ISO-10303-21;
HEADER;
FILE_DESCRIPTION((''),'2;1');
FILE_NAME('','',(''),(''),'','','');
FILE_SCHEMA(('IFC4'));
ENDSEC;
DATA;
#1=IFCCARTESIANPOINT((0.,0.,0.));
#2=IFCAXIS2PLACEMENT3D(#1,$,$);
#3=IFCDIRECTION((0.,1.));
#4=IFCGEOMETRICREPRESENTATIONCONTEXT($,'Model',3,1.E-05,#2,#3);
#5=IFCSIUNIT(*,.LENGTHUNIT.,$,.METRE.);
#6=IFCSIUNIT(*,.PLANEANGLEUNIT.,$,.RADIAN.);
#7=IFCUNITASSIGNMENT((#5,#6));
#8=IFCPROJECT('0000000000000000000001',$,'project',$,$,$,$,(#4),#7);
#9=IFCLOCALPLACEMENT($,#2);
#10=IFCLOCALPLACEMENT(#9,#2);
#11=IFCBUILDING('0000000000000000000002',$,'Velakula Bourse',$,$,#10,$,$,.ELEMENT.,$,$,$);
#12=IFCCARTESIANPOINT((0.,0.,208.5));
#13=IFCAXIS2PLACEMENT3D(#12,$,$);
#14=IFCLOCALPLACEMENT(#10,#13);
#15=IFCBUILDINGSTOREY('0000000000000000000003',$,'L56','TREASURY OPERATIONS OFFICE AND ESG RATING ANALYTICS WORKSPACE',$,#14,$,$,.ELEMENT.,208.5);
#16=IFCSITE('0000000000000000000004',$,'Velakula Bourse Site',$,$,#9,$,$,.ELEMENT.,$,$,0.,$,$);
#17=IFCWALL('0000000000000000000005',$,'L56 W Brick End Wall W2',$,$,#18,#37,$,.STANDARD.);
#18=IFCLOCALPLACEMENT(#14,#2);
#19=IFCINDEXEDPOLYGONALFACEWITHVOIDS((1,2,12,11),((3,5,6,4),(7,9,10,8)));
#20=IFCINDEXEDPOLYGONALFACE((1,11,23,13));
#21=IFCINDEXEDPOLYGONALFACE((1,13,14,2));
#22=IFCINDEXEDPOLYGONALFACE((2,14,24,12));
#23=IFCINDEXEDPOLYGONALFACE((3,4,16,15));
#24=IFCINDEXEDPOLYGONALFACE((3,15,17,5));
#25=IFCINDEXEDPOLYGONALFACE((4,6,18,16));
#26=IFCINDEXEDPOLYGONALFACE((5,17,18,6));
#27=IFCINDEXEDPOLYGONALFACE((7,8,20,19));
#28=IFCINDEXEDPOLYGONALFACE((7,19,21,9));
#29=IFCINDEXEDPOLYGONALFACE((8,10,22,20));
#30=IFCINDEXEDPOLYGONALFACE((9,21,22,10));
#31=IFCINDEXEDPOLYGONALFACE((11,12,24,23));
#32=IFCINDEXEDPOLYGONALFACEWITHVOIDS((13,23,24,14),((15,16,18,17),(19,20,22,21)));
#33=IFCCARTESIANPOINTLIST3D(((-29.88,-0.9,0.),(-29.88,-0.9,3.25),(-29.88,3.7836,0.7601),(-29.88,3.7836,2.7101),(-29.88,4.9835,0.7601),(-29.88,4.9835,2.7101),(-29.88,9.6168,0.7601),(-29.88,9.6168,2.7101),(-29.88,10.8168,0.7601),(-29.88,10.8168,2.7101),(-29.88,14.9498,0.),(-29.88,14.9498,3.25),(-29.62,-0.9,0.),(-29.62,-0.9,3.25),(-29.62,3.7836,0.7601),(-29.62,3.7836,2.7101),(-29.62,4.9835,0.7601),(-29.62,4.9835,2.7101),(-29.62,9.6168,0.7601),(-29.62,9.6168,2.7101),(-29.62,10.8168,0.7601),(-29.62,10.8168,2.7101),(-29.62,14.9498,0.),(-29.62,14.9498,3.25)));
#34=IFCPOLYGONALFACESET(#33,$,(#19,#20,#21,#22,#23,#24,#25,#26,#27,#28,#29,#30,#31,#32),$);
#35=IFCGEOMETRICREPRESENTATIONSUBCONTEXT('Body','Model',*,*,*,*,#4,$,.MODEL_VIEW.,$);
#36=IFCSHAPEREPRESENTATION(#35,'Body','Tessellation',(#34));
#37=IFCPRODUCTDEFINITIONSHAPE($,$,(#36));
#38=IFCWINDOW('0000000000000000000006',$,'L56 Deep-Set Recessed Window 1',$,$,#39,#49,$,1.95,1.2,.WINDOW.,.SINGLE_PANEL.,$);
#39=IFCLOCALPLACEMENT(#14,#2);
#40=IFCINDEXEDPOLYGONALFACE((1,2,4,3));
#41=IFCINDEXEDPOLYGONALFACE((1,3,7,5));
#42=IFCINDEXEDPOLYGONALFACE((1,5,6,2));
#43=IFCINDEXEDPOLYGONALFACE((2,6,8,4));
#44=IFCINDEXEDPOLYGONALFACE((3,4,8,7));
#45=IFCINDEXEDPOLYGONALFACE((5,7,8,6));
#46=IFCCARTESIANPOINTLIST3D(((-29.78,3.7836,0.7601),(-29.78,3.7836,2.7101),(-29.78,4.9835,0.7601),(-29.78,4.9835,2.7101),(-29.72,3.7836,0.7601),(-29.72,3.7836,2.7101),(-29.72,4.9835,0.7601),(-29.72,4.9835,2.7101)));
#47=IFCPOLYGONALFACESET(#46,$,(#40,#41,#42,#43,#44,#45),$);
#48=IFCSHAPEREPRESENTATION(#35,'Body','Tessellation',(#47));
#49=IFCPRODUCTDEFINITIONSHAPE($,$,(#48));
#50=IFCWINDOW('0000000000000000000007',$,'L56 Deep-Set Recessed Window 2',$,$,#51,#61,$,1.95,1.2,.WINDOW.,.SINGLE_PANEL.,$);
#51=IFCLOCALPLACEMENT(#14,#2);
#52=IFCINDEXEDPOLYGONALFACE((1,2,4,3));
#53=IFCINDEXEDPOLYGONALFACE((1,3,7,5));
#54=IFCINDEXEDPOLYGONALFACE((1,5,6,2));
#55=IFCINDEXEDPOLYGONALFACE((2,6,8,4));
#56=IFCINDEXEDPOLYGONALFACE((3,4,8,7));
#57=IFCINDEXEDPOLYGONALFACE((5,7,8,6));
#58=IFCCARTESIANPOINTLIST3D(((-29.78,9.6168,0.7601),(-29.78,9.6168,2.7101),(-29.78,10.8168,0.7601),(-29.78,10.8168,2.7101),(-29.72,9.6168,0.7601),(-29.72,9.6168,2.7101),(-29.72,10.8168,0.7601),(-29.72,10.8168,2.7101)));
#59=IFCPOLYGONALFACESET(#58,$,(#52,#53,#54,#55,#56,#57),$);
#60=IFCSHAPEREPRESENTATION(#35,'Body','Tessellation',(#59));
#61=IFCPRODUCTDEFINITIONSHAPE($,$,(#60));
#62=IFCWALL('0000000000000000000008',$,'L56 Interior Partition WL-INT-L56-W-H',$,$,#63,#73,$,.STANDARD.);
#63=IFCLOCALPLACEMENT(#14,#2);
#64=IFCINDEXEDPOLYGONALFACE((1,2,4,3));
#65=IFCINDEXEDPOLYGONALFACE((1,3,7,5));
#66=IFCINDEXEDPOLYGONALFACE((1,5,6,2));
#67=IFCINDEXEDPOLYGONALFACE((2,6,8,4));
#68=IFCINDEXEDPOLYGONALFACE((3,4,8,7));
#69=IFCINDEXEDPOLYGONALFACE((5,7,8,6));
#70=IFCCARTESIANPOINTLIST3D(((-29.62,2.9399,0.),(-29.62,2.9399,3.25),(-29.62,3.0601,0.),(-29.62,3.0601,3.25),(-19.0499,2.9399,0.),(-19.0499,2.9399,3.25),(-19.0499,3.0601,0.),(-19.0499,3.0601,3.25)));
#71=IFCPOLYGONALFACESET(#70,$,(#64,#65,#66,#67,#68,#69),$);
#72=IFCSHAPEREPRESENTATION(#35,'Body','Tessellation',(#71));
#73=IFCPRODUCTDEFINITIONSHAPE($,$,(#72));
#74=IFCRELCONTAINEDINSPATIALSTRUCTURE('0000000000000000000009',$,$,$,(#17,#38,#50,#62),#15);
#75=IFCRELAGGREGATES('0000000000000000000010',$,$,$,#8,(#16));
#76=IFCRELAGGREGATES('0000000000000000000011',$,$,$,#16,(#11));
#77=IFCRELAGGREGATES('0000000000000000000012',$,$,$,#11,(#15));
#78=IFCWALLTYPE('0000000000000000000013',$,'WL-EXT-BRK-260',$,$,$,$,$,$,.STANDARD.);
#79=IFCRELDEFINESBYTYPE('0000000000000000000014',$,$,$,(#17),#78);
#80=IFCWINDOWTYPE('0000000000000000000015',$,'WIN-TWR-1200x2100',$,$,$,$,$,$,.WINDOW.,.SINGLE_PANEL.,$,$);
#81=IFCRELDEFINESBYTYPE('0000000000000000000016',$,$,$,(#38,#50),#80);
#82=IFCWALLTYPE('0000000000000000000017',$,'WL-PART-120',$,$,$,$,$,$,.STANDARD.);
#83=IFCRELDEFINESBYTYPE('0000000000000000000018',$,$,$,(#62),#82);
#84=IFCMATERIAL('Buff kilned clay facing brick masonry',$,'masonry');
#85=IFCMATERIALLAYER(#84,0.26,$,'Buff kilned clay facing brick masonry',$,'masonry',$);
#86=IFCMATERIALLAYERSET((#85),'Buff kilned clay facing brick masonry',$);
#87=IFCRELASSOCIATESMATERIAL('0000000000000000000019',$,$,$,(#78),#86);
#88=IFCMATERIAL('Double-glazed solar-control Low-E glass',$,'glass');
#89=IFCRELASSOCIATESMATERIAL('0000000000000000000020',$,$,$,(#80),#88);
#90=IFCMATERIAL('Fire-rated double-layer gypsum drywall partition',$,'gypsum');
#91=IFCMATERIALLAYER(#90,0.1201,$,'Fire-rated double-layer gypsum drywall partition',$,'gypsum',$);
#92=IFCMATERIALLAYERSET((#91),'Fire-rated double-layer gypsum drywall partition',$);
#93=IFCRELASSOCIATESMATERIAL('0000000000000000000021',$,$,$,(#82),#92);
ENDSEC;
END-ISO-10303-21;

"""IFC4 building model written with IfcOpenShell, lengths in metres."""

from ifc_helpers import new_model, si_unit, direction, frame, frame_2d, origin, place, context, subcontext, project, spatial, rectangle, extrude, material, layer, layer_set, type_object, element, fill, save


model = new_model("IFC4")

# Units and contexts
model_context = context("Model", 3, precision=1e-05, world=origin(), true_north=direction((0.0, 1.0)))
body_context = subcontext(model_context, "Body", "Model", "MODEL_VIEW")
ifc_project = project(units=[si_unit("LENGTHUNIT", "METRE"), si_unit("PLANEANGLEUNIT", "RADIAN")], contexts=[model_context])

# Site, building, storey
site_placement = place(None, origin())
site = spatial("IfcSite", under=ifc_project, at=site_placement, Name="Velakula Bourse Site", CompositionType="ELEMENT", RefElevation=0.0)
building_placement = place(site_placement, origin())
building = spatial("IfcBuilding", under=site, at=building_placement, Name="Velakula Bourse", CompositionType="ELEMENT")
storey_placement = place(building_placement, frame((0.0, 0.0, 208.5)))
storey = spatial("IfcBuildingStorey", under=building, at=storey_placement, Name="L56", Description="TREASURY OPERATIONS OFFICE AND ESG RATING ANALYTICS WORKSPACE", CompositionType="ELEMENT", Elevation=208.5)

# Wall, openings, windows
ifc_material_1 = material(Name="Buff kilned clay facing brick masonry", Category="masonry")
ifc_layer_1 = layer(ifc_material_1, 0.26, Name="Buff kilned clay facing brick masonry", Category="masonry")
ifc_layer_set_1 = layer_set([ifc_layer_1], Name="Buff kilned clay facing brick masonry")
wall_type_1 = type_object("IfcWallType", Name="WL-EXT-BRK-260", PredefinedType="STANDARD", material=ifc_layer_set_1)
wall_1_placement = place(storey_placement, frame((-29.75, -0.8999, 0.0), z_axis=(0.0, 0.0, 1.0), x_axis=(0.0, 1.0, 0.0)))
wall_1 = element("IfcWall", 1, at=wall_1_placement, inside=storey, type_object=wall_type_1, Name="L56 W Brick End Wall W2", PredefinedType="STANDARD", context=body_context, shape_type="SweptSolid", body=[
    extrude(rectangle(XDim=15.8499, YDim=0.26, at=frame_2d((7.9248, 0.0))), origin(), (0.0, 0.0, 1.0), 3.25),
])
opening_1_placement = place(wall_1_placement, frame((4.6833, 0.0, 0.76)))
opening_1 = element("IfcOpeningElement", 2, at=opening_1_placement, cuts=wall_1, PredefinedType="OPENING", context=body_context, shape_type="SweptSolid", body=[
    extrude(rectangle(XDim=1.2, YDim=1.95, at=frame_2d((0.6001, 0.9751))), frame((0.0, 0.1399, 0.0), z_axis=(0.0, -1.0, 0.0), x_axis=(1.0, 0.0, 0.0)), (0.0, 0.0, 1.0), 0.28),
])
opening_2_placement = place(wall_1_placement, frame((10.5166, 0.0, 0.76)))
opening_2 = element("IfcOpeningElement", 3, at=opening_2_placement, cuts=wall_1, PredefinedType="OPENING", context=body_context, shape_type="SweptSolid", body=[
    extrude(rectangle(XDim=1.2, YDim=1.95, at=frame_2d((0.6001, 0.9751))), frame((0.0, 0.1399, 0.0), z_axis=(0.0, -1.0, 0.0), x_axis=(1.0, 0.0, 0.0)), (0.0, 0.0, 1.0), 0.28),
])
ifc_material_2 = material(Name="Double-glazed solar-control Low-E glass", Category="glass")
window_type = type_object("IfcWindowType", Name="WIN-TWR-1200x2100", PartitioningType="SINGLE_PANEL", PredefinedType="WINDOW", material=ifc_material_2)
window_1_placement = place(opening_1_placement, origin())
window_1 = element("IfcWindow", 4, at=window_1_placement, inside=storey, type_object=window_type, Name="L56 Deep-Set Recessed Window 1", OverallHeight=1.95, OverallWidth=1.2, PartitioningType="SINGLE_PANEL", PredefinedType="WINDOW", context=body_context, shape_type="SweptSolid", body=[
    extrude(rectangle(XDim=1.2, YDim=1.95, at=frame_2d((0.6001, 0.9751))), frame((0.0, 0.03, 0.0), z_axis=(0.0, -1.0, 0.0), x_axis=(1.0, 0.0, 0.0)), (0.0, 0.0, 1.0), 0.0601),
])
fill(opening_1, window_1)
window_2_placement = place(opening_2_placement, origin())
window_2 = element("IfcWindow", 5, at=window_2_placement, inside=storey, type_object=window_type, Name="L56 Deep-Set Recessed Window 2", OverallHeight=1.95, OverallWidth=1.2, PartitioningType="SINGLE_PANEL", PredefinedType="WINDOW", context=body_context, shape_type="SweptSolid", body=[
    extrude(rectangle(XDim=1.2, YDim=1.95, at=frame_2d((0.6001, 0.9751))), frame((0.0, 0.03, 0.0), z_axis=(0.0, -1.0, 0.0), x_axis=(1.0, 0.0, 0.0)), (0.0, 0.0, 1.0), 0.0601),
])
fill(opening_2, window_2)

# Wall
ifc_material_3 = material(Name="Fire-rated double-layer gypsum drywall partition", Category="gypsum")
ifc_layer_2 = layer(ifc_material_3, 0.1201, Name="Fire-rated double-layer gypsum drywall partition", Category="gypsum")
ifc_layer_set_2 = layer_set([ifc_layer_2], Name="Fire-rated double-layer gypsum drywall partition")
wall_type_2 = type_object("IfcWallType", Name="WL-PART-120", PredefinedType="STANDARD", material=ifc_layer_set_2)
wall_2_placement = place(storey_placement, frame((-29.6201, 3.0, 0.0), z_axis=(0.0, 0.0, 1.0), x_axis=(1.0, 0.0, 0.0)))
element("IfcWall", 6, at=wall_2_placement, inside=storey, type_object=wall_type_2, Name="L56 Interior Partition WL-INT-L56-W-H", PredefinedType="STANDARD", context=body_context, shape_type="SweptSolid", body=[
    extrude(rectangle(XDim=10.5701, YDim=0.1201, at=frame_2d((5.2852, 0.0))), origin(), (0.0, 0.0, 1.0), 3.25),
])

save(model, "model.ifc")
